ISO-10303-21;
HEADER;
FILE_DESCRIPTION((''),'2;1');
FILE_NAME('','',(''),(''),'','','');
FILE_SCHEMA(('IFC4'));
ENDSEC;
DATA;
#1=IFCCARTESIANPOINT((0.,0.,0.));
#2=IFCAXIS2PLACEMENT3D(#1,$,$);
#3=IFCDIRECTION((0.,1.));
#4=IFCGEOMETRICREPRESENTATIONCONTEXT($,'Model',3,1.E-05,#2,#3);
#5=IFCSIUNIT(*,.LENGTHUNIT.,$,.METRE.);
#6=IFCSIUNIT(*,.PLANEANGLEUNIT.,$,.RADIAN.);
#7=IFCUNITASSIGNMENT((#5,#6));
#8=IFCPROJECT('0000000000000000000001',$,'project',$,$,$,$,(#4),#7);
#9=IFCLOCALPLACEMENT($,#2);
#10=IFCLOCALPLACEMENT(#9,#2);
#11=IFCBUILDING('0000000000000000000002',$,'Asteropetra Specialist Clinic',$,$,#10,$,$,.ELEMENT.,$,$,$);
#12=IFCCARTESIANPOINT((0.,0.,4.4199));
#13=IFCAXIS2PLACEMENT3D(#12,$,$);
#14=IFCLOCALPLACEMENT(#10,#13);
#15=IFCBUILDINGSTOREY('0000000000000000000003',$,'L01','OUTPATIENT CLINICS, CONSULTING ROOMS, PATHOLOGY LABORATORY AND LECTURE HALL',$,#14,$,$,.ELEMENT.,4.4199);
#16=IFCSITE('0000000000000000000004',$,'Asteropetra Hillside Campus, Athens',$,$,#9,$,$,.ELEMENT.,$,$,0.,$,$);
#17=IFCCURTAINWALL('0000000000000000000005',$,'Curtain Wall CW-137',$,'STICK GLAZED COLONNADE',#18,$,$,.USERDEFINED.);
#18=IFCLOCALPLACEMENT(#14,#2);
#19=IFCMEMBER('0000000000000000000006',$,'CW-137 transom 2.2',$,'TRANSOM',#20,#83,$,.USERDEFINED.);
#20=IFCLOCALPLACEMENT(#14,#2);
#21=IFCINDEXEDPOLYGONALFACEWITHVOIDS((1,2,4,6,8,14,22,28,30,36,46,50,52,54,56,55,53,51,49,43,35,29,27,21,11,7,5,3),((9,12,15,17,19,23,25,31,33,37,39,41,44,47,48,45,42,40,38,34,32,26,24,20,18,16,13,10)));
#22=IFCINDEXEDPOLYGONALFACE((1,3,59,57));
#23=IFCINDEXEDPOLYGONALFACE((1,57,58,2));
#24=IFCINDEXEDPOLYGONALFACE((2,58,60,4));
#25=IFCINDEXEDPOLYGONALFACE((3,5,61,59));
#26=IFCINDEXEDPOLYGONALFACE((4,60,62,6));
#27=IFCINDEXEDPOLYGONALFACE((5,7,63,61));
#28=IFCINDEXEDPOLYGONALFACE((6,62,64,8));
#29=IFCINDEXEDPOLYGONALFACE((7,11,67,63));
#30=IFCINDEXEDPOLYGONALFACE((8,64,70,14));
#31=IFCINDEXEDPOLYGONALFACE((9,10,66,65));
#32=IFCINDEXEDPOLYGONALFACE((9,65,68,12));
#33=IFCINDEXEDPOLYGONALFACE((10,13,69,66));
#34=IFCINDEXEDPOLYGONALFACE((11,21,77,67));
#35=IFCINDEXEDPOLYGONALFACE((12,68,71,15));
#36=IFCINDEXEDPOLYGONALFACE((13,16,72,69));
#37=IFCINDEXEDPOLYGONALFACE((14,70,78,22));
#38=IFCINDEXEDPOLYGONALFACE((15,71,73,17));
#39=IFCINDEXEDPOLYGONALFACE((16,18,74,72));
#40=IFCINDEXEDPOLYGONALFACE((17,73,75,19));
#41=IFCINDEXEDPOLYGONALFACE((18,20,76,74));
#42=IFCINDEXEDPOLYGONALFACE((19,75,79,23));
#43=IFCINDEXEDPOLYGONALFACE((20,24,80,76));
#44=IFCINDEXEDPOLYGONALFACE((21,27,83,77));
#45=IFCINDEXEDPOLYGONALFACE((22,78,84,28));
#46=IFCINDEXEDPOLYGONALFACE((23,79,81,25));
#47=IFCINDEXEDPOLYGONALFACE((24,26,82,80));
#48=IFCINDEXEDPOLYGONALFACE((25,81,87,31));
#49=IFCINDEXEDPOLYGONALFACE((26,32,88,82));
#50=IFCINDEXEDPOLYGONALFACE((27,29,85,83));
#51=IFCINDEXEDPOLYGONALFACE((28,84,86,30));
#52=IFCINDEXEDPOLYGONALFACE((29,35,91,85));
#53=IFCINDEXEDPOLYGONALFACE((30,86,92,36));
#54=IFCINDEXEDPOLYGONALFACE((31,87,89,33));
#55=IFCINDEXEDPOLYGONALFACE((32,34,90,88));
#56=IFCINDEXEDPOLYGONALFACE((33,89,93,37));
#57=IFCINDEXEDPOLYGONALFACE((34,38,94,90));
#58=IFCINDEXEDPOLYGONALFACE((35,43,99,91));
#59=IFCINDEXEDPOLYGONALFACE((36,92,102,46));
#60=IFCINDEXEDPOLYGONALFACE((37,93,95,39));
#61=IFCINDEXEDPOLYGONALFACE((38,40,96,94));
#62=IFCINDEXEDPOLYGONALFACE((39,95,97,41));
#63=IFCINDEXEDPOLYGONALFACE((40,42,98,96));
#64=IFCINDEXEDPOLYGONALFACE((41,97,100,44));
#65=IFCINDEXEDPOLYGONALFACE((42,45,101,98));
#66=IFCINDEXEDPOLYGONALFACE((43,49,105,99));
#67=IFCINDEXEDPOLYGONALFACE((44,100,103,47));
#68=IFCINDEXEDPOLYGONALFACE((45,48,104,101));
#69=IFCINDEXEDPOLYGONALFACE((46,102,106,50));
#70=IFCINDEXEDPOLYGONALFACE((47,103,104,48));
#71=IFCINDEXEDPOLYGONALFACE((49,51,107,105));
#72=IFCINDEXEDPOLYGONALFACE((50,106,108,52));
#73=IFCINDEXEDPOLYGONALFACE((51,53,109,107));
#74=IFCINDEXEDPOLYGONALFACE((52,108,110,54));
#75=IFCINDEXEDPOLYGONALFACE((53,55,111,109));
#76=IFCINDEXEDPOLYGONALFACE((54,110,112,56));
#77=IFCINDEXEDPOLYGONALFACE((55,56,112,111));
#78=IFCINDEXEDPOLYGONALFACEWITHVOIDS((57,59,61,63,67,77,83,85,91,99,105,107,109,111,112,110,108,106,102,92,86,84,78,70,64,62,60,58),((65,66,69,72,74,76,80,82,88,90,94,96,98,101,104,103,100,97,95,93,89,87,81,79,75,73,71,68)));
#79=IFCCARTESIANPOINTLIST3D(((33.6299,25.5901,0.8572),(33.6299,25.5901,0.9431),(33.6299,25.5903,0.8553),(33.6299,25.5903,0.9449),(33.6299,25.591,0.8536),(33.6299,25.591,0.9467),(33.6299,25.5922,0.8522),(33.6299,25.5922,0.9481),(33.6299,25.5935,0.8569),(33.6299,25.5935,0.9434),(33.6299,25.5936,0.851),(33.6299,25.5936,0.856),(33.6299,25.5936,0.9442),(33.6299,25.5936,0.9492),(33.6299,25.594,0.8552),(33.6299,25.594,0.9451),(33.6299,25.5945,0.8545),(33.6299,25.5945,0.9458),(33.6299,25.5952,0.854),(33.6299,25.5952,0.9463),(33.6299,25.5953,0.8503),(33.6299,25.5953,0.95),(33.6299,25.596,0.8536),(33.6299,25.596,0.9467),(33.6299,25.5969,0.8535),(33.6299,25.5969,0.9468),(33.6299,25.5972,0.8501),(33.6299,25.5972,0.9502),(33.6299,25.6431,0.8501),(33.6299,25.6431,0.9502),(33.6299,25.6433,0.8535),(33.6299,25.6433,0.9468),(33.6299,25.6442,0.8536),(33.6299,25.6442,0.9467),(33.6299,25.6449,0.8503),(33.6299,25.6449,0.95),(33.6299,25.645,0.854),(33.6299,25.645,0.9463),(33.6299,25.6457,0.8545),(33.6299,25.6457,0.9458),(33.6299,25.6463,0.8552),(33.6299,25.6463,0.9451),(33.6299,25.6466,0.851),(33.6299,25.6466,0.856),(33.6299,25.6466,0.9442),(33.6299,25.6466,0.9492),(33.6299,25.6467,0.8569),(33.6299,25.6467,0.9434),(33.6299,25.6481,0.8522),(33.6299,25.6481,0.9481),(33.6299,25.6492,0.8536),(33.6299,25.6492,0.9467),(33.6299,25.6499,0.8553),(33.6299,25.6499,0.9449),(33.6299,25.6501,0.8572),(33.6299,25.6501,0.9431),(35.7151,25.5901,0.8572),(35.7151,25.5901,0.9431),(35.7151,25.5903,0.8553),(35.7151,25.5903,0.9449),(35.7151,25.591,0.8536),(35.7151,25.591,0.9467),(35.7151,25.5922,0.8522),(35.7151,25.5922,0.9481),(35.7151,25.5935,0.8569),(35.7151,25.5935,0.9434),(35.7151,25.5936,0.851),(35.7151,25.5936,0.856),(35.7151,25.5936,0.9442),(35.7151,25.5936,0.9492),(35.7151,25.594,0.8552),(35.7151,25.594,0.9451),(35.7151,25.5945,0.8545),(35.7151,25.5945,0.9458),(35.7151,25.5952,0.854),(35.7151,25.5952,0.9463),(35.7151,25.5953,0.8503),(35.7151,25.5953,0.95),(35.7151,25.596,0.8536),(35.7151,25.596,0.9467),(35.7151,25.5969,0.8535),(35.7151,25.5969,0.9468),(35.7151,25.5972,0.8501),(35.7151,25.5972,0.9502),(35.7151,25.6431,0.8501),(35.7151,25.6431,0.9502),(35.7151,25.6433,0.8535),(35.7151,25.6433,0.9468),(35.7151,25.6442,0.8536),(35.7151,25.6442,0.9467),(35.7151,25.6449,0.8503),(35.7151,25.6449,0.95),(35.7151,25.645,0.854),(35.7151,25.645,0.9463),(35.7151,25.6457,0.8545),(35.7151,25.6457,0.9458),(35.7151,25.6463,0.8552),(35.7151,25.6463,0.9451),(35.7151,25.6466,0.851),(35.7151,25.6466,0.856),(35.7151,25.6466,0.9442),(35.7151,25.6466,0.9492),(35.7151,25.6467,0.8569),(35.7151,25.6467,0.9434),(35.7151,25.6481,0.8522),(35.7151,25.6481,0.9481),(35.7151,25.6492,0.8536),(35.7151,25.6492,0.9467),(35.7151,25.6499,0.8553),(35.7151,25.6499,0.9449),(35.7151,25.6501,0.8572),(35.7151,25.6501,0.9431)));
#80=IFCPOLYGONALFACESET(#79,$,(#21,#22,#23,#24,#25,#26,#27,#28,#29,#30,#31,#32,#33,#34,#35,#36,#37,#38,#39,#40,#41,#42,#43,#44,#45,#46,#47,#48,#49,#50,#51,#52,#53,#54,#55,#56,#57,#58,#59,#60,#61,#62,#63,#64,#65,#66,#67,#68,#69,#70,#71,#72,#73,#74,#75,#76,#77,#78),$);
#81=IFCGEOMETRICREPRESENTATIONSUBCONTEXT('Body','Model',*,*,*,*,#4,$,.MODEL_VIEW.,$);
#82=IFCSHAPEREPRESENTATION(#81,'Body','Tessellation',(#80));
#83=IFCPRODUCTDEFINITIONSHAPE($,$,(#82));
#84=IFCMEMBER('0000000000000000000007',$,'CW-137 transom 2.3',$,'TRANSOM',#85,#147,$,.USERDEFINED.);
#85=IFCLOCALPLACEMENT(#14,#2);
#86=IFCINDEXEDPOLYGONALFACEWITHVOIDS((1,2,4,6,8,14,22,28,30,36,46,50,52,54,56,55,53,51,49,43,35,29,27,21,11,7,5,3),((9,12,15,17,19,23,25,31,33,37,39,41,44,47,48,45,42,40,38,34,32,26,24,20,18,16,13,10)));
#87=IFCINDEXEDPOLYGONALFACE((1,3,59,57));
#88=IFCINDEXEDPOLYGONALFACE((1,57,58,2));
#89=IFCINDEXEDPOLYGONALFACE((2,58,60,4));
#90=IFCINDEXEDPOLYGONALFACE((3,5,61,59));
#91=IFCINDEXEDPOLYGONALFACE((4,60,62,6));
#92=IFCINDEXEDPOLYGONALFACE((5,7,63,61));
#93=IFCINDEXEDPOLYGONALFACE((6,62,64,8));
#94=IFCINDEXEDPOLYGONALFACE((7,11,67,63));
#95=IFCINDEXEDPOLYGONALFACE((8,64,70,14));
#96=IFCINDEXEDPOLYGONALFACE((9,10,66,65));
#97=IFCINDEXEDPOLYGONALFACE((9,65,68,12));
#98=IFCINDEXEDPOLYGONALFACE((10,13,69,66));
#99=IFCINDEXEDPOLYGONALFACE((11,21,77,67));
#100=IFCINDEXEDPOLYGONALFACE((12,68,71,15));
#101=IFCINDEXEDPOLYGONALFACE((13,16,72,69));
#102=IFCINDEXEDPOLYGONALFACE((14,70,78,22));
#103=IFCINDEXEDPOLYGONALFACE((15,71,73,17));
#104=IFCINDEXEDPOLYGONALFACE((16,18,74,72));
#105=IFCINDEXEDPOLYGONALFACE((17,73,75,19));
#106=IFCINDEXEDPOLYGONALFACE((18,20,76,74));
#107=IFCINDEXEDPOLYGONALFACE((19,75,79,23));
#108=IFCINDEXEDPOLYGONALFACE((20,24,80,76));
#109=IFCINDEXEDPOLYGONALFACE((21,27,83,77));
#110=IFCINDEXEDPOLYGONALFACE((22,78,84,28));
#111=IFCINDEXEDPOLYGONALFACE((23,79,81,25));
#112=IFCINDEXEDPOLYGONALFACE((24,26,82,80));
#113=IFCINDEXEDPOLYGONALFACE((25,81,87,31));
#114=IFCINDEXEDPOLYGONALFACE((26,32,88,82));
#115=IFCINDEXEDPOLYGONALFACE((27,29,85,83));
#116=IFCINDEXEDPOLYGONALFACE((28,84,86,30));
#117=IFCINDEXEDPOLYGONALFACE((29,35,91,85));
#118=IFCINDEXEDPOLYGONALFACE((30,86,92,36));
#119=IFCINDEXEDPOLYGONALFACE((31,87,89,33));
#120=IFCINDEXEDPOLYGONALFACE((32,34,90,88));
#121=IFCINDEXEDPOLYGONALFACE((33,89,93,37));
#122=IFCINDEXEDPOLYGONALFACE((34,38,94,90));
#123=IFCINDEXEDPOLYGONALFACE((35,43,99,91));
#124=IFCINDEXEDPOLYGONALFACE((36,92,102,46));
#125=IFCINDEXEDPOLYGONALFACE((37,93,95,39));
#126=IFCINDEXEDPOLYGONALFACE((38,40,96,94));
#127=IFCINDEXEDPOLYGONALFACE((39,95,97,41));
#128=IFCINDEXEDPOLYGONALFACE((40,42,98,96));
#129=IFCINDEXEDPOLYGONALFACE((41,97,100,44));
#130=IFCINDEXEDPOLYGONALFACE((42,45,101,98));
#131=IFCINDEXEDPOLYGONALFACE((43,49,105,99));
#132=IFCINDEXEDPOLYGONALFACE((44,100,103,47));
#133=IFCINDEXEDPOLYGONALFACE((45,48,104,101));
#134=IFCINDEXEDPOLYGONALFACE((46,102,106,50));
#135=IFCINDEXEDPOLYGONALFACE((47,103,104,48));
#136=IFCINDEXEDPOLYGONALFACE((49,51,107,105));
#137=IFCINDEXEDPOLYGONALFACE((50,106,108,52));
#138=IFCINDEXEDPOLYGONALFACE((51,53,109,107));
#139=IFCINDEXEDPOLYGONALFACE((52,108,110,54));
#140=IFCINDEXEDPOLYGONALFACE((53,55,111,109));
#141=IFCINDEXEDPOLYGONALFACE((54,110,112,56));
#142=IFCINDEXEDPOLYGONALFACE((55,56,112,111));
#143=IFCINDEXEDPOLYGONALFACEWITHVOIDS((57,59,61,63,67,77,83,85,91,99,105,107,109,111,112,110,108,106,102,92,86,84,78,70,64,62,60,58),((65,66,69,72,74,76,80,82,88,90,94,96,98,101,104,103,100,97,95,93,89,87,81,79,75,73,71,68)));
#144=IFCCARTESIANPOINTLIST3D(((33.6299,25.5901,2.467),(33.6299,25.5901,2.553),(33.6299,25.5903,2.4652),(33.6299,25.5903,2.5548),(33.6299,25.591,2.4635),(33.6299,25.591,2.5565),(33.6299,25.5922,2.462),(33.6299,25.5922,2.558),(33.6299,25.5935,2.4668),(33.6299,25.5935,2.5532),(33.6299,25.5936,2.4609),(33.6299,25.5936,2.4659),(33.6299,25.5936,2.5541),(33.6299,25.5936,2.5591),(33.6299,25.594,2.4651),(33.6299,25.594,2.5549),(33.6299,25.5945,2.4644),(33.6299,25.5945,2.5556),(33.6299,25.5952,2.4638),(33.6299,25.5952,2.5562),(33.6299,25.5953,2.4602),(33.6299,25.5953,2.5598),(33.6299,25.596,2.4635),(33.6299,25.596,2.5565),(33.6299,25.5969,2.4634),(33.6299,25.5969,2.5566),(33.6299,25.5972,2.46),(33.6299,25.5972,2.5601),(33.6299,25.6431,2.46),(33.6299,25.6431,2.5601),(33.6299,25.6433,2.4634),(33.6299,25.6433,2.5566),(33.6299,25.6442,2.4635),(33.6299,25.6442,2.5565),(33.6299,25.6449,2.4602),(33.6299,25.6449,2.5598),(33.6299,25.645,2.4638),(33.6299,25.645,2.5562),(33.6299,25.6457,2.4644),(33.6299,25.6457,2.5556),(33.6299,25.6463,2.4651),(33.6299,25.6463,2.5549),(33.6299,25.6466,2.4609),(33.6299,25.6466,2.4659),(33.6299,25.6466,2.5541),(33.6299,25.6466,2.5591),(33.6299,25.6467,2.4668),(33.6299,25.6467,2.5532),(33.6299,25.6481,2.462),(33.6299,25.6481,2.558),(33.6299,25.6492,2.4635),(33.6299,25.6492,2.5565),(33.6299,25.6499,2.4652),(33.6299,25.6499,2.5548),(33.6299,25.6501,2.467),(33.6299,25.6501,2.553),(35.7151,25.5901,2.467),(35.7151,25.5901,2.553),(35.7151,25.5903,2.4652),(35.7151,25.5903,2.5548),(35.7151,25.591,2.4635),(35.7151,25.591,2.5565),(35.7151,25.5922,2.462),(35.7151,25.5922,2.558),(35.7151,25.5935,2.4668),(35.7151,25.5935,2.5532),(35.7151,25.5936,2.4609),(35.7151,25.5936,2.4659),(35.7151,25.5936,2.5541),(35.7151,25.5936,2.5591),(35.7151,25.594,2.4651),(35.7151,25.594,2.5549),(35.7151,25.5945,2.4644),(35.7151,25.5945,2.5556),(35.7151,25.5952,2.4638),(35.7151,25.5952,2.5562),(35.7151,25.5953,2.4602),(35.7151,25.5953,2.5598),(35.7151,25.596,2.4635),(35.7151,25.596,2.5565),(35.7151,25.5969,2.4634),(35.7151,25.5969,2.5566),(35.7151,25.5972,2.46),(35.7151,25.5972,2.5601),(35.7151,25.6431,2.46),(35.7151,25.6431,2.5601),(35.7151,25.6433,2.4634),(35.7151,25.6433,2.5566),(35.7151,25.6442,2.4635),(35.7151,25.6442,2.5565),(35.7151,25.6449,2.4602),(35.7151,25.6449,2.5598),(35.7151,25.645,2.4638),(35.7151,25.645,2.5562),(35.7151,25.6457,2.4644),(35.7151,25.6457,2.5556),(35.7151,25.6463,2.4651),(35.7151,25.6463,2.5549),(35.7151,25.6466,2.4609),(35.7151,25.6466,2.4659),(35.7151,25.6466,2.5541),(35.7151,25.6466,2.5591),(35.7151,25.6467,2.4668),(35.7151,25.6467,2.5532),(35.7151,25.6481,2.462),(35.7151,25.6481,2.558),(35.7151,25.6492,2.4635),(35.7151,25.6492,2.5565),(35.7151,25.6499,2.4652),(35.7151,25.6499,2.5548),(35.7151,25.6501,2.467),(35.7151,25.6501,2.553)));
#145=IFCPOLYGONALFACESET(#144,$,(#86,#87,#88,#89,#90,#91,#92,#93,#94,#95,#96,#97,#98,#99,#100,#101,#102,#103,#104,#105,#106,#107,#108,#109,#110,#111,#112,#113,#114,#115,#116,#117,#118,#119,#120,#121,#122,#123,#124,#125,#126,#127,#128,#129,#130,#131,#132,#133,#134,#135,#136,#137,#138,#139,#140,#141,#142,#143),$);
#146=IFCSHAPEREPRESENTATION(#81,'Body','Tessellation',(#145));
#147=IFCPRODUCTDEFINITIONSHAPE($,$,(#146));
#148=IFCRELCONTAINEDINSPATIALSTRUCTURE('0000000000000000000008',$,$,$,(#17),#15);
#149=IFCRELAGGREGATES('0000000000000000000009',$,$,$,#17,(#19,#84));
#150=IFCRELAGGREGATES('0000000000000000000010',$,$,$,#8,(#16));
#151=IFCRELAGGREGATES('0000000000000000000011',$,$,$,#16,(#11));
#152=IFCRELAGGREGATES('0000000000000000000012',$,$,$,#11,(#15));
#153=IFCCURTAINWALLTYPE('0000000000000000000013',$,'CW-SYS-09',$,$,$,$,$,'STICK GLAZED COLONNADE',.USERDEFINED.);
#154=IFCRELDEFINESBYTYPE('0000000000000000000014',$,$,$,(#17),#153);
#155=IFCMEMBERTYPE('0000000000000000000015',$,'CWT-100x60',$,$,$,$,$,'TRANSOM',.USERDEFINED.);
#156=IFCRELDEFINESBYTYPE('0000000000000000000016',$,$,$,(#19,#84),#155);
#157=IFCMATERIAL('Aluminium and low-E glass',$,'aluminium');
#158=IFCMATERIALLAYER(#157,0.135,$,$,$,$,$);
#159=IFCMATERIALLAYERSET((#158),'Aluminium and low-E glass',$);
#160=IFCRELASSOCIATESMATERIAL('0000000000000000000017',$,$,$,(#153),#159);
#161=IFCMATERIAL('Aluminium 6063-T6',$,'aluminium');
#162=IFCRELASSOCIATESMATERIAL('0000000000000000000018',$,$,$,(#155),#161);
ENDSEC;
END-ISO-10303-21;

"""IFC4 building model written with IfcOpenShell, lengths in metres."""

from ifc_helpers import new_model, si_unit, direction, frame, origin, origin_2d, place, context, subcontext, project, spatial, hollow_rectangle, extrude, material, layer, layer_set, material_profile, profile_set, type_object, element, aggregate, save


model = new_model("IFC4")

# Units and contexts
model_context = context("Model", 3, precision=1e-05, world=origin(), true_north=direction((0.0, 1.0)))
body_context = subcontext(model_context, "Body", "Model", "MODEL_VIEW")
ifc_project = project(units=[si_unit("LENGTHUNIT", "METRE"), si_unit("PLANEANGLEUNIT", "RADIAN")], contexts=[model_context])

# Site, building, storey
site_placement = place(None, origin())
site = spatial("IfcSite", under=ifc_project, at=site_placement, Name="Asteropetra Hillside Campus, Athens", CompositionType="ELEMENT", RefElevation=0.0)
building_placement = place(site_placement, origin())
building = spatial("IfcBuilding", under=site, at=building_placement, Name="Asteropetra Specialist Clinic", CompositionType="ELEMENT")
storey_placement = place(building_placement, frame((0.0, 0.0, 4.4199)))
storey = spatial("IfcBuildingStorey", under=building, at=storey_placement, Name="L01", Description="OUTPATIENT CLINICS, CONSULTING ROOMS, PATHOLOGY LABORATORY AND LECTURE HALL", CompositionType="ELEMENT", Elevation=4.4199)

# Curtain wall, members
ifc_material_1 = material(Name="Aluminium and low-E glass", Category="aluminium")
ifc_layer_1 = layer(ifc_material_1, 0.135)
ifc_layer_set_1 = layer_set([ifc_layer_1], Name="Aluminium and low-E glass")
curtain_wall_type = type_object("IfcCurtainWallType", Name="CW-SYS-09", ElementType="STICK GLAZED COLONNADE", PredefinedType="USERDEFINED", material=ifc_layer_set_1)
curtain_wall_placement = place(storey_placement, origin())
curtain_wall = element("IfcCurtainWall", 1, at=curtain_wall_placement, inside=storey, type_object=curtain_wall_type, Name="Curtain Wall CW-137", ObjectType="STICK GLAZED COLONNADE", PredefinedType="USERDEFINED")
ifc_material_2 = material(Name="Aluminium 6063-T6", Category="aluminium")
ifc_material_profile_1 = material_profile(ifc_material_2, hollow_rectangle(XDim=0.0601, YDim=0.1001, WallThickness=0.0034, InnerFilletRadius=0.0034, OuterFilletRadius=0.0071, at=origin_2d()), Name="TRN 100x60x3.5")
ifc_profile_set_1 = profile_set([ifc_material_profile_1], Name="Aluminium 6063-T6")
member_type_1 = type_object("IfcMemberType", Name="CWT-100x60", ElementType="TRANSOM", PredefinedType="USERDEFINED", material=ifc_profile_set_1)
member_1_placement = place(storey_placement, frame((35.7151, 25.6201, 0.9001), z_axis=(-1.0, 0.0, 0.0), x_axis=(0.0, -1.0, 0.0)))
member_1 = element("IfcMember", 2, at=member_1_placement, type_object=member_type_1, Name="CW-137 transom 2.2", ObjectType="TRANSOM", PredefinedType="USERDEFINED", context=body_context, shape_type="SweptSolid", body=[
    extrude(hollow_rectangle(XDim=0.0601, YDim=0.1001, WallThickness=0.0034, InnerFilletRadius=0.0034, OuterFilletRadius=0.0071, at=origin_2d()), origin(), (0.0, 0.0, 1.0), 2.0852),
])
member_2_placement = place(storey_placement, frame((35.7151, 25.6201, 2.51), z_axis=(-1.0, 0.0, 0.0), x_axis=(0.0, -1.0, 0.0)))
member_2 = element("IfcMember", 3, at=member_2_placement, type_object=member_type_1, Name="CW-137 transom 2.3", ObjectType="TRANSOM", PredefinedType="USERDEFINED", context=body_context, shape_type="SweptSolid", body=[
    extrude(hollow_rectangle(XDim=0.0601, YDim=0.1001, WallThickness=0.0034, InnerFilletRadius=0.0034, OuterFilletRadius=0.0071, at=origin_2d()), origin(), (0.0, 0.0, 1.0), 2.0852),
])

aggregate(curtain_wall, [member_1, member_2])

save(model, "model.ifc")
